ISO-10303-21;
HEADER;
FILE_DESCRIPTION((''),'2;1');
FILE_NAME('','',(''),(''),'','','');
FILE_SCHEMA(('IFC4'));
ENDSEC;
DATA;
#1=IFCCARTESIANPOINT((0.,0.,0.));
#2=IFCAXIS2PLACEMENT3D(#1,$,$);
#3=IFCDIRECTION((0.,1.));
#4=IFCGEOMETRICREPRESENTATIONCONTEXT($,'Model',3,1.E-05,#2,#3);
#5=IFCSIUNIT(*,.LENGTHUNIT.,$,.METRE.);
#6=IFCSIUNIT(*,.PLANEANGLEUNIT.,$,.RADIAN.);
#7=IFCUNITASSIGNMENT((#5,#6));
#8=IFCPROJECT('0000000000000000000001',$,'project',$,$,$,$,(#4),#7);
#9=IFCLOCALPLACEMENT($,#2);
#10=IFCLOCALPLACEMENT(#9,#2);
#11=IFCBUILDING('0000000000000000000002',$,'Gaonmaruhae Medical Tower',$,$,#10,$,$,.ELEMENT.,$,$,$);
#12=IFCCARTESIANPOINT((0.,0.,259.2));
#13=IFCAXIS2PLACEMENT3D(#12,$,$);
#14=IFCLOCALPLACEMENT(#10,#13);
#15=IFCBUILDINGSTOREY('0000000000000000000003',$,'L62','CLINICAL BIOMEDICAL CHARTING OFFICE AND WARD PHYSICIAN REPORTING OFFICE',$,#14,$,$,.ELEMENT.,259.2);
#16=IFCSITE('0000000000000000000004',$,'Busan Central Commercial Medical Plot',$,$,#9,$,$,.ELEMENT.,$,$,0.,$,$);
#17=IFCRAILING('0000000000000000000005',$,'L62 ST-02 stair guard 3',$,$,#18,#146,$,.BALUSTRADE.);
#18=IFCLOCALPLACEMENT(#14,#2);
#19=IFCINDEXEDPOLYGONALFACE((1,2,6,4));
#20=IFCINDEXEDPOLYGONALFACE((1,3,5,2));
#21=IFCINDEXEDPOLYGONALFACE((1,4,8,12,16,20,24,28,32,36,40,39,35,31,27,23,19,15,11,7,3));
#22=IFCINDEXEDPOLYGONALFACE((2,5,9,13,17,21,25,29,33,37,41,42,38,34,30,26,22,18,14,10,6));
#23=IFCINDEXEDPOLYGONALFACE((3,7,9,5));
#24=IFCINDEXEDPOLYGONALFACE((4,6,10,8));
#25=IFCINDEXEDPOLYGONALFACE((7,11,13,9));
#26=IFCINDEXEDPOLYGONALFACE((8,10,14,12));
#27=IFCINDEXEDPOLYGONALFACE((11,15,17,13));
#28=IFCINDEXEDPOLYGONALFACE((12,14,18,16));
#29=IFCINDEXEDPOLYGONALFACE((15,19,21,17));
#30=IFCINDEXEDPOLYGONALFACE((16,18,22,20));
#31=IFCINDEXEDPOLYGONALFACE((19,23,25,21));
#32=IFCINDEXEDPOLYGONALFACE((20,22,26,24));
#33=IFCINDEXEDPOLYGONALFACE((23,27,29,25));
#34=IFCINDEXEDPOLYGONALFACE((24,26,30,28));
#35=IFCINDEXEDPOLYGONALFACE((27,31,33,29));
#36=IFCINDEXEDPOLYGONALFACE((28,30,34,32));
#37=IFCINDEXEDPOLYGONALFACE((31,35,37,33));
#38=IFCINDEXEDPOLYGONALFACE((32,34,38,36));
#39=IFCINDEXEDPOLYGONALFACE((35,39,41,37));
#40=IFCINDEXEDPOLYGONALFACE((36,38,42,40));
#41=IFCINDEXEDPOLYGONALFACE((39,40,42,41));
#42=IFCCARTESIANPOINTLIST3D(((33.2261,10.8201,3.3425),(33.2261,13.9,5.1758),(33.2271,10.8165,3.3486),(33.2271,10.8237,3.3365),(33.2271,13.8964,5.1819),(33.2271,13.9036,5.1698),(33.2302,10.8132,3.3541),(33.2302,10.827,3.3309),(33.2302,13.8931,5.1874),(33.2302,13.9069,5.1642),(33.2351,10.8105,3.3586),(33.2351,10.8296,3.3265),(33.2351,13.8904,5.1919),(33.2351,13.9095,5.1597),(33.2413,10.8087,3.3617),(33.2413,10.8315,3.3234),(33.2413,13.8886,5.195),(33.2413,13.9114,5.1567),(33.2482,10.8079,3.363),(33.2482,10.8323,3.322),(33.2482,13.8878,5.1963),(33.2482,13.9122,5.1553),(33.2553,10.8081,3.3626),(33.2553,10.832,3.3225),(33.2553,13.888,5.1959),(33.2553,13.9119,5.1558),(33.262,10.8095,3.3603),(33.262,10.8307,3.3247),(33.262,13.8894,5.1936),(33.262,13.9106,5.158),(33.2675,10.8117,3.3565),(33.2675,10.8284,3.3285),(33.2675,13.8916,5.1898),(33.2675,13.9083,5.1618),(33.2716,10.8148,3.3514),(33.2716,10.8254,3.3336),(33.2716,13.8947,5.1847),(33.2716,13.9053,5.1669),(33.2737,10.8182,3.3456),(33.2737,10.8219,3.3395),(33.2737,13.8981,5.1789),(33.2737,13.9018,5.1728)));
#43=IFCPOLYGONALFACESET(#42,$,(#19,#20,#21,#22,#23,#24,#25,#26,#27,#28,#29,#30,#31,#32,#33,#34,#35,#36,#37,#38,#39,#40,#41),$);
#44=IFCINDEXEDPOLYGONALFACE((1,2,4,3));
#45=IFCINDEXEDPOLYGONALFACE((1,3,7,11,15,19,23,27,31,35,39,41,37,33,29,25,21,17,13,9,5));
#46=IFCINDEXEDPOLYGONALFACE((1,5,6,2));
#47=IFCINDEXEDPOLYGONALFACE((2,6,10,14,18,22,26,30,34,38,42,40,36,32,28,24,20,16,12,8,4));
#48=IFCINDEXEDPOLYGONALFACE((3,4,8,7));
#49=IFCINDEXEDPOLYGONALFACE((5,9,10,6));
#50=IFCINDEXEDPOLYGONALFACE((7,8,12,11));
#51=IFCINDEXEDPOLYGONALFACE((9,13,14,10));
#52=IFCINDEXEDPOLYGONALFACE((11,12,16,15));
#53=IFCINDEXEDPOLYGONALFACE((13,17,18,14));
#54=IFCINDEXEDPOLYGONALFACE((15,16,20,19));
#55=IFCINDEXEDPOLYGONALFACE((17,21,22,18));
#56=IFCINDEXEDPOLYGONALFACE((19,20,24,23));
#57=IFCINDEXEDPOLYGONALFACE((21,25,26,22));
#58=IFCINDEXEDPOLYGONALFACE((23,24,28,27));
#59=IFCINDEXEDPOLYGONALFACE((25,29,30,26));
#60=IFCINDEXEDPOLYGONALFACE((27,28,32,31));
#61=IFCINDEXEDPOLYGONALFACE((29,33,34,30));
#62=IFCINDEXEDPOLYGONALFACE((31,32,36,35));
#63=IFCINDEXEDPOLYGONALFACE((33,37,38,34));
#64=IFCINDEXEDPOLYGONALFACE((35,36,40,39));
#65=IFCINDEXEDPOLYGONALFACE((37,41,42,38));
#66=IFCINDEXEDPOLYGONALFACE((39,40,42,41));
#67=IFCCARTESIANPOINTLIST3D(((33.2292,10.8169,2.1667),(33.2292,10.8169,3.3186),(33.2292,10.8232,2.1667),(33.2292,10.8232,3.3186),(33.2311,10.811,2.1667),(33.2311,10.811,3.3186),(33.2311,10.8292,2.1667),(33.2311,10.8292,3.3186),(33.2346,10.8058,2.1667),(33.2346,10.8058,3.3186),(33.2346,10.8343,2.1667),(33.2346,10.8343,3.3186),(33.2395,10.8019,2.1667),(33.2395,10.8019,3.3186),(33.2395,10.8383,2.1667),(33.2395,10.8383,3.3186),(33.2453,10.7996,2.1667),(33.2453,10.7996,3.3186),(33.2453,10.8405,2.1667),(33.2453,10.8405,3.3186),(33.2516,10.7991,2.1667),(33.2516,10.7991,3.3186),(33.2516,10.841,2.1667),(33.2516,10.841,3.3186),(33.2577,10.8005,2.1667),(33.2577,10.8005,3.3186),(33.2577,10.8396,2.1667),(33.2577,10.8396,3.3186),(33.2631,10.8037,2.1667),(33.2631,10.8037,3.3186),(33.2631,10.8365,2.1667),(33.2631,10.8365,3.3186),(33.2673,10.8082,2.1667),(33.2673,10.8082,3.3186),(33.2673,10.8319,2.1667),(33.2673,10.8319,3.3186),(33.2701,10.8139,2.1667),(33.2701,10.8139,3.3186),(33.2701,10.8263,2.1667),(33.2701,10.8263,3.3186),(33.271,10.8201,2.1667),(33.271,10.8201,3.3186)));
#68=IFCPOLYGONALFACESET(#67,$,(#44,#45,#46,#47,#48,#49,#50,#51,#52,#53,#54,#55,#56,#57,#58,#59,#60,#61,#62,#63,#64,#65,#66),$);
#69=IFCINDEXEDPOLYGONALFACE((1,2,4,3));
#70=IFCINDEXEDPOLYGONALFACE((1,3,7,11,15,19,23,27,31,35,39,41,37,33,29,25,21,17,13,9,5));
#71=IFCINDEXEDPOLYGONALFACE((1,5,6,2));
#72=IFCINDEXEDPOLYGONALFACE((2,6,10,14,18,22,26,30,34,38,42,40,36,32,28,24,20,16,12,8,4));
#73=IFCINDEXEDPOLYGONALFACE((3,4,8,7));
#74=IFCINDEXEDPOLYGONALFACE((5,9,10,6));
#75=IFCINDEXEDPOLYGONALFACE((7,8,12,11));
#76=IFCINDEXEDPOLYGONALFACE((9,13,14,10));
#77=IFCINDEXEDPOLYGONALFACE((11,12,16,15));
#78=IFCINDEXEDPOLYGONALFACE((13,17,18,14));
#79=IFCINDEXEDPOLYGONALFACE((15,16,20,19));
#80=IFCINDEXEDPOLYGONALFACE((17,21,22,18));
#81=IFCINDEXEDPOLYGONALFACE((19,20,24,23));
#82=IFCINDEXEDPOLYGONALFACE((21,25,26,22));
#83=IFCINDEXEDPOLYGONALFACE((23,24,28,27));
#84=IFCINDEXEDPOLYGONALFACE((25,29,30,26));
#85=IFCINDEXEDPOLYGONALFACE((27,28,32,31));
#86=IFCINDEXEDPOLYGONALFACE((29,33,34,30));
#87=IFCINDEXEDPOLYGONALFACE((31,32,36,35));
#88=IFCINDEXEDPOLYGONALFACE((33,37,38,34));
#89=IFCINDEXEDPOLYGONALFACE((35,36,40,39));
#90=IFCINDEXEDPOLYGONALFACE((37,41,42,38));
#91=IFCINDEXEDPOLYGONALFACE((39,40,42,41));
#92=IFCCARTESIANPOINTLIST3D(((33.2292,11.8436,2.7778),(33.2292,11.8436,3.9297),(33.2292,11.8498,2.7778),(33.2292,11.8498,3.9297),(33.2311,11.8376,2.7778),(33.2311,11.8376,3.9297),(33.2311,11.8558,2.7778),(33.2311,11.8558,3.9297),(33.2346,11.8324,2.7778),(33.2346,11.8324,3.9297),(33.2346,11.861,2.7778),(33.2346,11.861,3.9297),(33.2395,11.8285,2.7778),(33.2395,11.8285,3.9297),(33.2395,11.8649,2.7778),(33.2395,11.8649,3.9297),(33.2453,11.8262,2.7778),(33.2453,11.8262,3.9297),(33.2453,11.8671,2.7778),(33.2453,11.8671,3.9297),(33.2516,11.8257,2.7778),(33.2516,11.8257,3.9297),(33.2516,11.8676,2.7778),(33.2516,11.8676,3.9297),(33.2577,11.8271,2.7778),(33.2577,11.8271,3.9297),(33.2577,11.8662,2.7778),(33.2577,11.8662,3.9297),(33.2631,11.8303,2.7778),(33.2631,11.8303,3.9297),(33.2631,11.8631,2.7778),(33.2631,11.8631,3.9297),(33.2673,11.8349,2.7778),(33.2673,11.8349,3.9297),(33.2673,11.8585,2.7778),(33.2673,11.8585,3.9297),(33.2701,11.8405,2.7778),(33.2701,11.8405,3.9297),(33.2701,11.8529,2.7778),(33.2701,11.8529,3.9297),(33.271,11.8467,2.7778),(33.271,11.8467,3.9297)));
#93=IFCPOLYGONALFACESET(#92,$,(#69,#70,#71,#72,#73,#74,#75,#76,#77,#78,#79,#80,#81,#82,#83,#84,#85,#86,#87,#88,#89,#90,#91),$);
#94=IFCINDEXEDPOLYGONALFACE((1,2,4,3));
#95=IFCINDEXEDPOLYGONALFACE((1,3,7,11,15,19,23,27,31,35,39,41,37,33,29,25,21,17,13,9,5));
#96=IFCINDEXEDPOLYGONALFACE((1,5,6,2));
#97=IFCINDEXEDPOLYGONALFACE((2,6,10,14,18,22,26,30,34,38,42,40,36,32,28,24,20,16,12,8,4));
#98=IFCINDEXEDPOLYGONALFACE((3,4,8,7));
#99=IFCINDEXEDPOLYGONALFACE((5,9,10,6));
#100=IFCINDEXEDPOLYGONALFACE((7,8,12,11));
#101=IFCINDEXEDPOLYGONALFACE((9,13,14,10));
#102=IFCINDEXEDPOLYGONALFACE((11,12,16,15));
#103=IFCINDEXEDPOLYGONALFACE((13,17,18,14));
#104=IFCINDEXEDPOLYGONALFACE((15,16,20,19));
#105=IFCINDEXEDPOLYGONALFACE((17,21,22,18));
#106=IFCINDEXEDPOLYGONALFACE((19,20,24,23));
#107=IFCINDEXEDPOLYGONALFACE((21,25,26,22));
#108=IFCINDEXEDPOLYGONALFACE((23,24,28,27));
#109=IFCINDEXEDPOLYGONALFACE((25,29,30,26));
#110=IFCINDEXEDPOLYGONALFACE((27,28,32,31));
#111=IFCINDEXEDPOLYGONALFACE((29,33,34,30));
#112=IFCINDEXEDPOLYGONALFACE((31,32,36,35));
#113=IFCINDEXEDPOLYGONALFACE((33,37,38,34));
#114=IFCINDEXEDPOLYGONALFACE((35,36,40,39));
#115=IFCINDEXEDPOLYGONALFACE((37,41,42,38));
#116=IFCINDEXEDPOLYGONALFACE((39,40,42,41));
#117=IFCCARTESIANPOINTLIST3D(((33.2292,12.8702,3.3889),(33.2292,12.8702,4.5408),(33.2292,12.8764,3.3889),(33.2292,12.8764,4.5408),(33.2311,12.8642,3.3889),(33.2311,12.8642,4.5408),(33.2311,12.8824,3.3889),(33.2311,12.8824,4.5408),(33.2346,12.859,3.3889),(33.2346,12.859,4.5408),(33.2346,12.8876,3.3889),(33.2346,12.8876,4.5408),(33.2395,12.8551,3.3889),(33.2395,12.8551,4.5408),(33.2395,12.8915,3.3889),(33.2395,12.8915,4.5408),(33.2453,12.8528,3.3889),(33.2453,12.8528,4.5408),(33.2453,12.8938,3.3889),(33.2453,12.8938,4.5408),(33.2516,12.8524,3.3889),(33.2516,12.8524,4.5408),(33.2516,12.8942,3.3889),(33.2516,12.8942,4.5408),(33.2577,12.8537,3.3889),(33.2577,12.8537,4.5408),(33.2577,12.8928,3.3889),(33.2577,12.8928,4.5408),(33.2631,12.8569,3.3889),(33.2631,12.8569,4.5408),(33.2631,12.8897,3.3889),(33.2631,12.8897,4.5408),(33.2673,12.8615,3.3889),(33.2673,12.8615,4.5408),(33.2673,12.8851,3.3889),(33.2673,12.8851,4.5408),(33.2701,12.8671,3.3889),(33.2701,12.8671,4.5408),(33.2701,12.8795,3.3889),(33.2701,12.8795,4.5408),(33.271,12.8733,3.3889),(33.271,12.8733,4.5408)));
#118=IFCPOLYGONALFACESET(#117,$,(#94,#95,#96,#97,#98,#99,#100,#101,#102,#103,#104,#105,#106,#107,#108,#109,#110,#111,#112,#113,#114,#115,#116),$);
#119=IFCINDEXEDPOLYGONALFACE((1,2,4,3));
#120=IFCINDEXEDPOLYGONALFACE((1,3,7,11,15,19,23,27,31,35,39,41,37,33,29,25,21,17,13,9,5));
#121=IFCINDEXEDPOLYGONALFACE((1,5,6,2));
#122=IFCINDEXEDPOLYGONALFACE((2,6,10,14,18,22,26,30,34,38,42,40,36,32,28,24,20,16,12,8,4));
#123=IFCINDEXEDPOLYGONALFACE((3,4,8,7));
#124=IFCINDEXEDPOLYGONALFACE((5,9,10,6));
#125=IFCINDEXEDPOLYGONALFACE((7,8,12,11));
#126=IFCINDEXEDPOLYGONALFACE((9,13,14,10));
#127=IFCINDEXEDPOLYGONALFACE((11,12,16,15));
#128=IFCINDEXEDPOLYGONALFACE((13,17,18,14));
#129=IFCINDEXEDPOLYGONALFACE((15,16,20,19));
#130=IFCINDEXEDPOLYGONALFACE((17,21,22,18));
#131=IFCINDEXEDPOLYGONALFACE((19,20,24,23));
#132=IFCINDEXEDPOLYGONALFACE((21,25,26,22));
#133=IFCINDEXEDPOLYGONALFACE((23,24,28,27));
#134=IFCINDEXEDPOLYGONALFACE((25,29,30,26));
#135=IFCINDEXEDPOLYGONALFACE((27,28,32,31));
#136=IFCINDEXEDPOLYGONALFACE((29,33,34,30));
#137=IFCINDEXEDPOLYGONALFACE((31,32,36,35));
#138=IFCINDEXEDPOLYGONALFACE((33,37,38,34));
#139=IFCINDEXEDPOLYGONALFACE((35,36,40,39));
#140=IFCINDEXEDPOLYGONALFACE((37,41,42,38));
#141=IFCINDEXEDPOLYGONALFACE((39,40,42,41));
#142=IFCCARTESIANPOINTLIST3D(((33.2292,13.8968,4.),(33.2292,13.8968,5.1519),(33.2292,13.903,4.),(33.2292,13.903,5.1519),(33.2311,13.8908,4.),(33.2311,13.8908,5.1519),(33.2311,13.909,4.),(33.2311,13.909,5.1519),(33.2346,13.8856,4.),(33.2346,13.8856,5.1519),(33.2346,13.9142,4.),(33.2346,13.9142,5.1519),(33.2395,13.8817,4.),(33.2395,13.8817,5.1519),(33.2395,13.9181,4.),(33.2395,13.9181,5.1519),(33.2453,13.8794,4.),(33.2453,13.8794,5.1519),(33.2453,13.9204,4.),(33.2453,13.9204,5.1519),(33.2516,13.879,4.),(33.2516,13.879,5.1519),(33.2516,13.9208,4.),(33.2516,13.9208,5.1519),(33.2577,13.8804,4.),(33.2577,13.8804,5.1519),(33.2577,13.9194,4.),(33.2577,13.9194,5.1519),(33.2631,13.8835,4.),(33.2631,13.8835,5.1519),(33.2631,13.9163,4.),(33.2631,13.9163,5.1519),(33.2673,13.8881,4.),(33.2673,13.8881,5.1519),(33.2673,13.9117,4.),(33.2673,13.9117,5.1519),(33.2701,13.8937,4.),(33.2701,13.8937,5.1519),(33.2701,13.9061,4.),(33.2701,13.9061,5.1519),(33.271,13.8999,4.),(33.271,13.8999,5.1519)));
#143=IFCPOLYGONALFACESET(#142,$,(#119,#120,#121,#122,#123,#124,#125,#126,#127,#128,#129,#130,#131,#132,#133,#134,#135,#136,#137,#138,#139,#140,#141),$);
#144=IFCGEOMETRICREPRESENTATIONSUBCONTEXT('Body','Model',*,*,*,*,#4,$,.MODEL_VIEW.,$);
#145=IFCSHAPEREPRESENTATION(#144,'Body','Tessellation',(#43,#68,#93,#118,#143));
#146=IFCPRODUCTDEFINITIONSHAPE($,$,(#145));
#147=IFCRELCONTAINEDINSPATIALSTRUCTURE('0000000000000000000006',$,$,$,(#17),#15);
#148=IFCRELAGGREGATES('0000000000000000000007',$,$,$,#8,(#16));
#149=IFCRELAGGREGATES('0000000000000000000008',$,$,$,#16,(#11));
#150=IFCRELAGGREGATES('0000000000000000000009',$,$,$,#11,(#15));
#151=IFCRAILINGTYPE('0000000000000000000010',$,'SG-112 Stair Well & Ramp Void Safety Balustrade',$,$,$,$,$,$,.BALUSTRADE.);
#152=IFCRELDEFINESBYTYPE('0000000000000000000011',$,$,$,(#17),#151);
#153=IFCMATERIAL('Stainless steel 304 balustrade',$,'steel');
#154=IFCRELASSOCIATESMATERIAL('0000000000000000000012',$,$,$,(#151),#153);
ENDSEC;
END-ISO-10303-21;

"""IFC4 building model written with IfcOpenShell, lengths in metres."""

from ifc_helpers import new_model, si_unit, direction, frame, origin, origin_2d, place, context, subcontext, project, spatial, circle, extrude, material, type_object, element, save


model = new_model("IFC4")

# Units and contexts
model_context = context("Model", 3, precision=1e-05, world=origin(), true_north=direction((0.0, 1.0)))
body_context = subcontext(model_context, "Body", "Model", "MODEL_VIEW")
ifc_project = project(units=[si_unit("LENGTHUNIT", "METRE"), si_unit("PLANEANGLEUNIT", "RADIAN")], contexts=[model_context])

# Site, building, storey
site_placement = place(None, origin())
site = spatial("IfcSite", under=ifc_project, at=site_placement, Name="Busan Central Commercial Medical Plot", CompositionType="ELEMENT", RefElevation=0.0)
building_placement = place(site_placement, origin())
building = spatial("IfcBuilding", under=site, at=building_placement, Name="Gaonmaruhae Medical Tower", CompositionType="ELEMENT")
storey_placement = place(building_placement, frame((0.0, 0.0, 259.2)))
storey = spatial("IfcBuildingStorey", under=building, at=storey_placement, Name="L62", Description="CLINICAL BIOMEDICAL CHARTING OFFICE AND WARD PHYSICIAN REPORTING OFFICE", CompositionType="ELEMENT", Elevation=259.2)

# Railing
ifc_material_1 = material(Name="Stainless steel 304 balustrade", Category="steel")
railing_type_1 = type_object("IfcRailingType", Name="SG-112 Stair Well & Ramp Void Safety Balustrade", PredefinedType="BALUSTRADE", material=ifc_material_1)
railing_1_placement = place(storey_placement, frame((33.25, 10.8201, 2.1667)))
element("IfcRailing", 1, at=railing_1_placement, inside=storey, type_object=railing_type_1, Name="L62 ST-02 stair guard 3", PredefinedType="BALUSTRADE", context=body_context, shape_type="SweptSolid", body=[
    extrude(circle(Radius=0.0239, at=origin_2d()), frame((0.0, 0.0, 1.1758), z_axis=(0.0, 0.859291, 0.511487), x_axis=(-1.0, 0.0, 0.0)), (0.0, 0.0, 1.0), 3.5842),
    extrude(circle(Radius=0.021, at=origin_2d()), origin(), (0.0, 0.0, 1.0), 1.1519),
    extrude(circle(Radius=0.021, at=origin_2d()), frame((0.0, 1.0266, 0.6111)), (0.0, 0.0, 1.0), 1.1519),
    extrude(circle(Radius=0.021, at=origin_2d()), frame((0.0, 2.0532, 1.2222)), (0.0, 0.0, 1.0), 1.1519),
    extrude(circle(Radius=0.021, at=origin_2d()), frame((0.0, 3.0798, 1.8333)), (0.0, 0.0, 1.0), 1.1519),
])

save(model, "model.ifc")
